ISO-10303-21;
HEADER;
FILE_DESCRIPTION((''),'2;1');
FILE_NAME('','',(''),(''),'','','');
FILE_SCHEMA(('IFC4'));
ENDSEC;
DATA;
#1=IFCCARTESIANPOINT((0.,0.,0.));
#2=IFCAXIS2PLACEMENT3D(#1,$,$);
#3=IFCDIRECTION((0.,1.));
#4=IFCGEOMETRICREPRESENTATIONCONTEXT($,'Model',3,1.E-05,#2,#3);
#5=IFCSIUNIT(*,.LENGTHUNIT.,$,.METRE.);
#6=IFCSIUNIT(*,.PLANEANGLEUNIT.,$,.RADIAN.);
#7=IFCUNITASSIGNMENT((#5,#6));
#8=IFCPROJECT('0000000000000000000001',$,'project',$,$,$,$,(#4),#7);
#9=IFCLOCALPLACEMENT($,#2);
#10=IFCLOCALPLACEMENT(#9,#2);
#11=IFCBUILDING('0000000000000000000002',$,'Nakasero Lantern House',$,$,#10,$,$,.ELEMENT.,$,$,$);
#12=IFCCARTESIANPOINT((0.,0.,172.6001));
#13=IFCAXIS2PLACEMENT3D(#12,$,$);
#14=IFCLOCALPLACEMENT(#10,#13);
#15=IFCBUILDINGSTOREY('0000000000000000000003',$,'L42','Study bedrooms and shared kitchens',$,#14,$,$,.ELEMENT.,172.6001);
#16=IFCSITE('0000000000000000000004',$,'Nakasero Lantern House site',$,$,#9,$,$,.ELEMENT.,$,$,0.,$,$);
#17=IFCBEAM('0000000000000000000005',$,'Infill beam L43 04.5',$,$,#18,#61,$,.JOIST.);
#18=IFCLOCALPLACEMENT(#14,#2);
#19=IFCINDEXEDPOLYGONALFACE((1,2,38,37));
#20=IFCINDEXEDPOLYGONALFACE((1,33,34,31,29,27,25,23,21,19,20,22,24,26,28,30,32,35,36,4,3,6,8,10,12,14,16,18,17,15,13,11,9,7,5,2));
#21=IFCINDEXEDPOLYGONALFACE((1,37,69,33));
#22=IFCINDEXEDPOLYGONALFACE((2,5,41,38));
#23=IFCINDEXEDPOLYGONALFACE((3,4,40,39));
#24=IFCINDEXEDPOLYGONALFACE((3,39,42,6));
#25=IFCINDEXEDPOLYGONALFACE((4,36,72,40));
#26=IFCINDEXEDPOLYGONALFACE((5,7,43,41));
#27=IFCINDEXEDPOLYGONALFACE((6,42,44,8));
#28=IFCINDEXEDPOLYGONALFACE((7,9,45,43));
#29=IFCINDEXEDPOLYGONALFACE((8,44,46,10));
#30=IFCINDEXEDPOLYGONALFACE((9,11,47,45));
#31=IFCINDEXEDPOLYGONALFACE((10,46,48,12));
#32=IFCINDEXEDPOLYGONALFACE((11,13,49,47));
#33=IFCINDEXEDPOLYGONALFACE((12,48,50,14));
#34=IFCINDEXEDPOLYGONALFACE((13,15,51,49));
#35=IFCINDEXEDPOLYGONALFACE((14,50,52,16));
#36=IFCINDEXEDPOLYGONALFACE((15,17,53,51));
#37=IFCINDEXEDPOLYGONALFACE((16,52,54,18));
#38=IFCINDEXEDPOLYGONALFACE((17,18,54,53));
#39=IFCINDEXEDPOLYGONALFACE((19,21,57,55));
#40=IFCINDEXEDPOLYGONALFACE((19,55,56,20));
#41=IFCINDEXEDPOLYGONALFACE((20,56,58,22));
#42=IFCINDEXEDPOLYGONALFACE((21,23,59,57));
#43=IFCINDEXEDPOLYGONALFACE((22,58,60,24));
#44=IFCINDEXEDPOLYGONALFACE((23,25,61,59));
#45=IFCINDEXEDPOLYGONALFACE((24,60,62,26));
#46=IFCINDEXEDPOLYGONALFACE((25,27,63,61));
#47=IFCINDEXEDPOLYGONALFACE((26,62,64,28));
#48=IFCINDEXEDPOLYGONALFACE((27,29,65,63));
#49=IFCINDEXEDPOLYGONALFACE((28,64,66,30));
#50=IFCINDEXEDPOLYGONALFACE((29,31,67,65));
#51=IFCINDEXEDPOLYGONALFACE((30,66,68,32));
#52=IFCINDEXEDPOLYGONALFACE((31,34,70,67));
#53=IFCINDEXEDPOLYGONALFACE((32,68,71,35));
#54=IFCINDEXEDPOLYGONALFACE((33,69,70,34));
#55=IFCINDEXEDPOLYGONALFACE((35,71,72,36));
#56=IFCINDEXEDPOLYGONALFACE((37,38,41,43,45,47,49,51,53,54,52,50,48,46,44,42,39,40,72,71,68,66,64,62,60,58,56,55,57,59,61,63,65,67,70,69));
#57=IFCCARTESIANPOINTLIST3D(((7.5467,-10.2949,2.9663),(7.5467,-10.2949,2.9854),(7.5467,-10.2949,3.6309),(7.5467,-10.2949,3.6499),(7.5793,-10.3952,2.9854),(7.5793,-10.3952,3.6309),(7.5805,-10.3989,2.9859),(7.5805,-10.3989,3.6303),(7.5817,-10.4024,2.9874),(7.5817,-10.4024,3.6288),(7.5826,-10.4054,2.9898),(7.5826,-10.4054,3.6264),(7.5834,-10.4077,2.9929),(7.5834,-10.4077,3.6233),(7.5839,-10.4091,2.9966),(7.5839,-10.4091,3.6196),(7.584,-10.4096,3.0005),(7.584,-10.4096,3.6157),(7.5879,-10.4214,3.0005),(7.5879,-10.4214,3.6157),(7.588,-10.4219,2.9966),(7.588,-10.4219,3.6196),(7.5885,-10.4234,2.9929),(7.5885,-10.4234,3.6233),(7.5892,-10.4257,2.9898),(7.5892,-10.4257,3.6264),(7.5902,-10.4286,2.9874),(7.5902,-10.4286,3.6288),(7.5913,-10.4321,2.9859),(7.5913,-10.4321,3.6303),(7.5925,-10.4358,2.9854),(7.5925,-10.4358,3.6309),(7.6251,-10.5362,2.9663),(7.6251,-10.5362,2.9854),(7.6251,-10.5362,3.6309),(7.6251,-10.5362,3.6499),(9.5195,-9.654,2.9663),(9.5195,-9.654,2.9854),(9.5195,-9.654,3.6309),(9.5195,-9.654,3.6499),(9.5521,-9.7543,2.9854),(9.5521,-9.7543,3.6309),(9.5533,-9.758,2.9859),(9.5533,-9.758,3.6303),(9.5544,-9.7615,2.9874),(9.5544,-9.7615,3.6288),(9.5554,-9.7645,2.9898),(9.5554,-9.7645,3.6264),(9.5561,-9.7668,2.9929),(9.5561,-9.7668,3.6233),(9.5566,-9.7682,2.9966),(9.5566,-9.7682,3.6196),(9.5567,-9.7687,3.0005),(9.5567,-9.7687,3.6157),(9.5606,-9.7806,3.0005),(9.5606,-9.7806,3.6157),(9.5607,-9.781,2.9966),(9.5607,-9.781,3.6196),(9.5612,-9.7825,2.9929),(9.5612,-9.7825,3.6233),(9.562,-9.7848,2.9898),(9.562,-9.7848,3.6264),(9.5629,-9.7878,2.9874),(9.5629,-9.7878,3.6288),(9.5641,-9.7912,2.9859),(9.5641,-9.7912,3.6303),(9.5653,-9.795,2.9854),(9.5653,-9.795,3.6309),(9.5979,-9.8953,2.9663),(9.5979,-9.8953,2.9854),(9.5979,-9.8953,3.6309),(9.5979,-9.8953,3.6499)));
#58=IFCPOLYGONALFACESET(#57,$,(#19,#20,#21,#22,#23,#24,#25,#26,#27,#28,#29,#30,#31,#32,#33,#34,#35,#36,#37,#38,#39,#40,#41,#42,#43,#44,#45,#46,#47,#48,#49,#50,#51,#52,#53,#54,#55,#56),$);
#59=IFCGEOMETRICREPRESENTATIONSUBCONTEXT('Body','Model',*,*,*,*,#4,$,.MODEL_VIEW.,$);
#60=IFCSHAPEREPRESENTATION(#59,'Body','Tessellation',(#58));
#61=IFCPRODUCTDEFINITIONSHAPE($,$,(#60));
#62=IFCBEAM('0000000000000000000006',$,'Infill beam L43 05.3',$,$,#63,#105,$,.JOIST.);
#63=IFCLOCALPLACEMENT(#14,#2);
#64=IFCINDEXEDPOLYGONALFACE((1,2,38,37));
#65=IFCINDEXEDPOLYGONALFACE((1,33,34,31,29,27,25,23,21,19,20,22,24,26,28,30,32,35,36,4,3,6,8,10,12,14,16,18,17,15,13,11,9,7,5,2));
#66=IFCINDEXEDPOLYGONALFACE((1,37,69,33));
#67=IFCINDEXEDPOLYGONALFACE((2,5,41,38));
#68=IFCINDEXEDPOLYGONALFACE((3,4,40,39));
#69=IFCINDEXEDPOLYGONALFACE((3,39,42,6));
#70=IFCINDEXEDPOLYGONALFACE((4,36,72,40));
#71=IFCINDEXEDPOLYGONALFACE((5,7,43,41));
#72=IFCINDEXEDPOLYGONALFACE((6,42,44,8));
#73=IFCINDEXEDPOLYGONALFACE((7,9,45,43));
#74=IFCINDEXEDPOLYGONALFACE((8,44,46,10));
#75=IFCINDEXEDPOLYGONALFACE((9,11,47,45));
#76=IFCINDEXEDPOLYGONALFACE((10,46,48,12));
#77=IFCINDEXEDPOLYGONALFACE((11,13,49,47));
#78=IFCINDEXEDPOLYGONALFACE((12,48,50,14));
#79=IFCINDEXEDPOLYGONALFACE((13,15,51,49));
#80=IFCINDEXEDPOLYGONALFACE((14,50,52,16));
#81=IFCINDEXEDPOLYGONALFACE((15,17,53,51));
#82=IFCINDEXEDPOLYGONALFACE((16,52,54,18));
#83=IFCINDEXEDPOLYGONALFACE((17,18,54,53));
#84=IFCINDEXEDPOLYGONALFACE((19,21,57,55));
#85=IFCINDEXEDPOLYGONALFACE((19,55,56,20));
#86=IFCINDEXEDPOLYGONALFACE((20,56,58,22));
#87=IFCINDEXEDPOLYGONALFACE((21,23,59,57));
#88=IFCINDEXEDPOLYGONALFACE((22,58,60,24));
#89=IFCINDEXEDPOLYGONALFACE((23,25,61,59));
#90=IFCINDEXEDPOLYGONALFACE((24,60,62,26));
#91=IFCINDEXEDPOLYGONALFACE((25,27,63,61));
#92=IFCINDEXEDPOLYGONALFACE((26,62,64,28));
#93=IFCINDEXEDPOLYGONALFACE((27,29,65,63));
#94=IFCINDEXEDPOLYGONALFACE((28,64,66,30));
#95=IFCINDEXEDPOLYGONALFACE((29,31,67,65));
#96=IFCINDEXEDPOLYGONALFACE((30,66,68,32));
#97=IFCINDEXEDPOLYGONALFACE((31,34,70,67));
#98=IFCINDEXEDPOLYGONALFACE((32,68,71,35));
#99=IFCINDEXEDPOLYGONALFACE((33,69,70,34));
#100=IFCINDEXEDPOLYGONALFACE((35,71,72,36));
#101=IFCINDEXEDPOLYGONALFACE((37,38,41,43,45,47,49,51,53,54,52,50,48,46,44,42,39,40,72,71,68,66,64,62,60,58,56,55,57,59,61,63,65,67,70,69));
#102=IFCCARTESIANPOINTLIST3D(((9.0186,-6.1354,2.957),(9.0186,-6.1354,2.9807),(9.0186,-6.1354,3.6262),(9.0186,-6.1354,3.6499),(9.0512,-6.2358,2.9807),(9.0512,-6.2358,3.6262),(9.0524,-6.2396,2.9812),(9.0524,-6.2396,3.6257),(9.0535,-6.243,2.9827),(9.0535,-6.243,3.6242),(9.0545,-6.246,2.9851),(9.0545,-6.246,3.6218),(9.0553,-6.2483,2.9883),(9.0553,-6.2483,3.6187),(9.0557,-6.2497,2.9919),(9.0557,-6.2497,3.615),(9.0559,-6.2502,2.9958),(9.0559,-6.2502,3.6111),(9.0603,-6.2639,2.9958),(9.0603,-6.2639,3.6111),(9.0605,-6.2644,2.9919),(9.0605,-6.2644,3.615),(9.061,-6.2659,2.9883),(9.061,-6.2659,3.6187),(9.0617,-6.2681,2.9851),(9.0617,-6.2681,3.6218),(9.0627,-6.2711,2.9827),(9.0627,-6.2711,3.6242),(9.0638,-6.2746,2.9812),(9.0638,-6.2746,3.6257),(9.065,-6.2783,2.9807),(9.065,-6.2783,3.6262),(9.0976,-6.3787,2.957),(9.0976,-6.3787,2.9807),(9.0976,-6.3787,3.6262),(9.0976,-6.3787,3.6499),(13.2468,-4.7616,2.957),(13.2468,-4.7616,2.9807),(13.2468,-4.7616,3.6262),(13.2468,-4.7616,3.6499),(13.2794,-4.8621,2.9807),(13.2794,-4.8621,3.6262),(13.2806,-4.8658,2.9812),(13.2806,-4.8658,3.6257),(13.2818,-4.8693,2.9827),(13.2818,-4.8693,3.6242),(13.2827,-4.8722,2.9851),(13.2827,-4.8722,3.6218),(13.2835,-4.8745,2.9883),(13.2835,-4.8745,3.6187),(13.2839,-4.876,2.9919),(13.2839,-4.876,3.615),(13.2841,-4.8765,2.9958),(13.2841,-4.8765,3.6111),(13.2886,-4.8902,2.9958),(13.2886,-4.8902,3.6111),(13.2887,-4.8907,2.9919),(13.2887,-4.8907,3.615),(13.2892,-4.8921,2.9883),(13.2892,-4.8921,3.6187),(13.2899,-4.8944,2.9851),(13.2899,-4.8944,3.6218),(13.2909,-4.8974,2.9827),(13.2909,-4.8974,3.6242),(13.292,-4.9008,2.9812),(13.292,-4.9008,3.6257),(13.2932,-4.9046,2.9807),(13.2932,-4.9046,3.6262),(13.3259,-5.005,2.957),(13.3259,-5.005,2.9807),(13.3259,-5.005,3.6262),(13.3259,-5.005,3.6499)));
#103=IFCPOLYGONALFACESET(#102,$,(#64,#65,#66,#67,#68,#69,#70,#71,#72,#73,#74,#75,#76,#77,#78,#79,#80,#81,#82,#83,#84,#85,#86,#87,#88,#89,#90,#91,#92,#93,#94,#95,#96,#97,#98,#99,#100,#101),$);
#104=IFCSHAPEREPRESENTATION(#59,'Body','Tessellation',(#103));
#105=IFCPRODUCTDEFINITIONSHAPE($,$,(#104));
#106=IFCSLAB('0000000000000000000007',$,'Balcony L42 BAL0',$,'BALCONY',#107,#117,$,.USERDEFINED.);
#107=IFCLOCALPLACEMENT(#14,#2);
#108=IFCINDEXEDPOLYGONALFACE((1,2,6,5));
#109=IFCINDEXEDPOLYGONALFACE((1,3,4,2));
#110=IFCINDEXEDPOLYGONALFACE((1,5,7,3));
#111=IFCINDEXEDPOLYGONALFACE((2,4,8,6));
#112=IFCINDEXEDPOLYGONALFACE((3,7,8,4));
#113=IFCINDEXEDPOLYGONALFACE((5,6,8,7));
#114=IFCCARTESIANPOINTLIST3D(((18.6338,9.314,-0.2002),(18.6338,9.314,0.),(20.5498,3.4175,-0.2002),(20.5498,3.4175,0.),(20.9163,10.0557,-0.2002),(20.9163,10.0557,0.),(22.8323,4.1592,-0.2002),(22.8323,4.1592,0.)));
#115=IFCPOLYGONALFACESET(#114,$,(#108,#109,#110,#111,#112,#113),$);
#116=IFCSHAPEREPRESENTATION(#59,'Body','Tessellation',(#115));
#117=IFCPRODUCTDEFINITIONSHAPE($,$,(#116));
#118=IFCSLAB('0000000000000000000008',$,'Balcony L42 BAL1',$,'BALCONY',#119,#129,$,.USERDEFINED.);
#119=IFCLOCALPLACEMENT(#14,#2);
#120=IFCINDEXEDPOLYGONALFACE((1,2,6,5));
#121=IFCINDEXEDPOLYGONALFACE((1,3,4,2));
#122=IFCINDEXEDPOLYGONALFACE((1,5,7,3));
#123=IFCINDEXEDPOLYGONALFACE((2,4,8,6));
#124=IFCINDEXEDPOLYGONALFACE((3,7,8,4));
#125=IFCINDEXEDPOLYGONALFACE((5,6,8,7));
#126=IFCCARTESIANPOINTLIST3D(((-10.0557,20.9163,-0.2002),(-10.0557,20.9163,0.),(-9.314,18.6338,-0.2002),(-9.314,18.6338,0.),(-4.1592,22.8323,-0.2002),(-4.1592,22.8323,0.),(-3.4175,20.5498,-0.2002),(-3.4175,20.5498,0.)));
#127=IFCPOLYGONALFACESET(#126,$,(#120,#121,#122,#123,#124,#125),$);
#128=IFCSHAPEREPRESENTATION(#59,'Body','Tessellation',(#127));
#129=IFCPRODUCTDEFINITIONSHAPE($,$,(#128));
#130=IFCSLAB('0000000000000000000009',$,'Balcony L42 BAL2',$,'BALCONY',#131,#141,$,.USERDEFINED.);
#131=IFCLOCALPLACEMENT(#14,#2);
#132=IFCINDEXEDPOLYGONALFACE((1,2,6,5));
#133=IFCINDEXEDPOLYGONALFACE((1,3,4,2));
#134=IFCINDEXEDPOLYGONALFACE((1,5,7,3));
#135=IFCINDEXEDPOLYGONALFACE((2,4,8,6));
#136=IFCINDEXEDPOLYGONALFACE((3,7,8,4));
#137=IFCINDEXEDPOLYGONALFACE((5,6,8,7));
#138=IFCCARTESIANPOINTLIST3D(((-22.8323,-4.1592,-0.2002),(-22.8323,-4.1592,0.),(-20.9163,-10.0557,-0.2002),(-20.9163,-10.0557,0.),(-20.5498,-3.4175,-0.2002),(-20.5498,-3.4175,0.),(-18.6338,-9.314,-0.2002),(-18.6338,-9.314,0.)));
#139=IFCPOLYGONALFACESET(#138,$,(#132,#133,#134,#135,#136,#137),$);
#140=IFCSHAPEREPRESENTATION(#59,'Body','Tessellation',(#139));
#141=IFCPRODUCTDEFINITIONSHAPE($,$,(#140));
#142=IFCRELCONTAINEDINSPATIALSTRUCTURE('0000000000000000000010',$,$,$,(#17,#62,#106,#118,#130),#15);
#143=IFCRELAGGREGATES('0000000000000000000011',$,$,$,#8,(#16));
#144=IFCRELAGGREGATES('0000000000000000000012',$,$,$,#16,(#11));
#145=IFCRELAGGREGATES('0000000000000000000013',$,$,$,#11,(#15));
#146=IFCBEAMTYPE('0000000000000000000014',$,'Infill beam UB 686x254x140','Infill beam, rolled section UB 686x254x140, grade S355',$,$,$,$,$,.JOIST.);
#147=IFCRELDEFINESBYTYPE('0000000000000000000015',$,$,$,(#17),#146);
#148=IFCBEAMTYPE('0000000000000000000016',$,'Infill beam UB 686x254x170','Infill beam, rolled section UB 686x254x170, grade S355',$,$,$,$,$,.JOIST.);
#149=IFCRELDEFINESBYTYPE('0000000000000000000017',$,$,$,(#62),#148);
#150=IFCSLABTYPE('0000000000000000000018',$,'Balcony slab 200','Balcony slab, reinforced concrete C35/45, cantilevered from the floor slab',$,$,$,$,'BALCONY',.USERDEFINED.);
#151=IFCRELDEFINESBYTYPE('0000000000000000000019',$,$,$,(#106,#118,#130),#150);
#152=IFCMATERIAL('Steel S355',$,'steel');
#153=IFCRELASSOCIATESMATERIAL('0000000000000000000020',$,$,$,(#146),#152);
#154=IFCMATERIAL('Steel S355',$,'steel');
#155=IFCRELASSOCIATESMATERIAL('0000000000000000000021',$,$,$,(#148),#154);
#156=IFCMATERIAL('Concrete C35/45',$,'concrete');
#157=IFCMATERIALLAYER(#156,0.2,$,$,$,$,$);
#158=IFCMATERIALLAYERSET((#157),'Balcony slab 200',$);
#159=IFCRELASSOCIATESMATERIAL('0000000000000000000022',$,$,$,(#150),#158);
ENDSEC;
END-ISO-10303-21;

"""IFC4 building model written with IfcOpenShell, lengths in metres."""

from ifc_helpers import new_model, si_unit, direction, frame, origin, origin_2d, place, context, subcontext, project, spatial, polyline, i_section, outline, extrude, material, layer, layer_set, material_profile, profile_set, type_object, element, save


model = new_model("IFC4")

# Units and contexts
model_context = context("Model", 3, precision=1e-05, world=origin(), true_north=direction((0.0, 1.0)))
body_context = subcontext(model_context, "Body", "Model", "MODEL_VIEW")
ifc_project = project(units=[si_unit("LENGTHUNIT", "METRE"), si_unit("PLANEANGLEUNIT", "RADIAN")], contexts=[model_context])

# Site, building, storey
site_placement = place(None, origin())
site = spatial("IfcSite", under=ifc_project, at=site_placement, Name="Nakasero Lantern House site", CompositionType="ELEMENT", RefElevation=0.0)
building_placement = place(site_placement, origin())
building = spatial("IfcBuilding", under=site, at=building_placement, Name="Nakasero Lantern House", CompositionType="ELEMENT")
storey_placement = place(building_placement, frame((0.0, 0.0, 172.6001)))
storey = spatial("IfcBuildingStorey", under=building, at=storey_placement, Name="L42", Description="Study bedrooms and shared kitchens", CompositionType="ELEMENT", Elevation=172.6001)

# Beams
ifc_material_1 = material(Name="Steel S355", Category="steel")
ifc_material_profile_1 = material_profile(ifc_material_1, i_section(OverallWidth=0.2537, OverallDepth=0.6836, WebThickness=0.0125, FlangeThickness=0.019, FilletRadius=0.0151, at=origin_2d()), Name="UB 686x254x140")
ifc_profile_set_1 = profile_set([ifc_material_profile_1], Name="Steel S355")
beam_type_1 = type_object("IfcBeamType", Name="Infill beam UB 686x254x140", Description="Infill beam, rolled section UB 686x254x140, grade S355", PredefinedType="JOIST", material=ifc_profile_set_1)
beam_1_placement = place(storey_placement, frame((7.5859, -10.4155, 3.3081), z_axis=(0.951069, 0.30898, 0.0), x_axis=(-0.30898, 0.951069, 0.0)))
element("IfcBeam", 1, at=beam_1_placement, inside=storey, type_object=beam_type_1, Name="Infill beam L43 04.5", PredefinedType="JOIST", context=body_context, shape_type="SweptSolid", body=[
    extrude(i_section(OverallWidth=0.2537, OverallDepth=0.6836, WebThickness=0.0125, FlangeThickness=0.019, FilletRadius=0.0151, at=origin_2d()), origin(), (0.0, 0.0, 1.0), 2.0742),
])
ifc_material_2 = material(Name="Steel S355", Category="steel")
ifc_material_profile_2 = material_profile(ifc_material_2, i_section(OverallWidth=0.2559, OverallDepth=0.6929, WebThickness=0.0144, FlangeThickness=0.0237, FilletRadius=0.0151, at=origin_2d()), Name="UB 686x254x170")
ifc_profile_set_2 = profile_set([ifc_material_profile_2], Name="Steel S355")
beam_type_2 = type_object("IfcBeamType", Name="Infill beam UB 686x254x170", Description="Infill beam, rolled section UB 686x254x170, grade S355", PredefinedType="JOIST", material=ifc_profile_set_2)
beam_2_placement = place(storey_placement, frame((9.0581, -6.2571, 3.3035), z_axis=(0.951061, 0.309003, 0.0), x_axis=(-0.309003, 0.951061, 0.0)))
element("IfcBeam", 2, at=beam_2_placement, inside=storey, type_object=beam_type_2, Name="Infill beam L43 05.3", PredefinedType="JOIST", context=body_context, shape_type="SweptSolid", body=[
    extrude(i_section(OverallWidth=0.2559, OverallDepth=0.6929, WebThickness=0.0144, FlangeThickness=0.0237, FilletRadius=0.0151, at=origin_2d()), origin(), (0.0, 0.0, 1.0), 4.4458),
])

# Slabs
ifc_material_3 = material(Name="Concrete C35/45", Category="concrete")
ifc_layer_1 = layer(ifc_material_3, 0.2)
ifc_layer_set_1 = layer_set([ifc_layer_1], Name="Balcony slab 200")
slab_type_1 = type_object("IfcSlabType", Name="Balcony slab 200", Description="Balcony slab, reinforced concrete C35/45, cantilevered from the floor slab", ElementType="BALCONY", PredefinedType="USERDEFINED", material=ifc_layer_set_1)
slab_1_placement = place(storey_placement, frame((0.0, 0.0, -0.2002)))
element("IfcSlab", 3, at=slab_1_placement, inside=storey, type_object=slab_type_1, Name="Balcony L42 BAL0", ObjectType="BALCONY", PredefinedType="USERDEFINED", context=body_context, shape_type="SweptSolid", body=[
    extrude(outline(polyline([(20.5498, 3.4175), (22.8323, 4.1592), (20.9163, 10.0557), (18.6338, 9.314), (20.5498, 3.4175)])), origin(), (0.0, 0.0, 1.0), 0.2002),
])
slab_2_placement = place(storey_placement, frame((0.0, 0.0, -0.2002)))
element("IfcSlab", 4, at=slab_2_placement, inside=storey, type_object=slab_type_1, Name="Balcony L42 BAL1", ObjectType="BALCONY", PredefinedType="USERDEFINED", context=body_context, shape_type="SweptSolid", body=[
    extrude(outline(polyline([(-3.4175, 20.5498), (-4.1592, 22.8323), (-10.0557, 20.9163), (-9.314, 18.6338), (-3.4175, 20.5498)])), origin(), (0.0, 0.0, 1.0), 0.2002),
])
slab_3_placement = place(storey_placement, frame((0.0, 0.0, -0.2002)))
element("IfcSlab", 5, at=slab_3_placement, inside=storey, type_object=slab_type_1, Name="Balcony L42 BAL2", ObjectType="BALCONY", PredefinedType="USERDEFINED", context=body_context, shape_type="SweptSolid", body=[
    extrude(outline(polyline([(-20.5498, -3.4175), (-22.8323, -4.1592), (-20.9163, -10.0557), (-18.6338, -9.314), (-20.5498, -3.4175)])), origin(), (0.0, 0.0, 1.0), 0.2002),
])

save(model, "model.ifc")
